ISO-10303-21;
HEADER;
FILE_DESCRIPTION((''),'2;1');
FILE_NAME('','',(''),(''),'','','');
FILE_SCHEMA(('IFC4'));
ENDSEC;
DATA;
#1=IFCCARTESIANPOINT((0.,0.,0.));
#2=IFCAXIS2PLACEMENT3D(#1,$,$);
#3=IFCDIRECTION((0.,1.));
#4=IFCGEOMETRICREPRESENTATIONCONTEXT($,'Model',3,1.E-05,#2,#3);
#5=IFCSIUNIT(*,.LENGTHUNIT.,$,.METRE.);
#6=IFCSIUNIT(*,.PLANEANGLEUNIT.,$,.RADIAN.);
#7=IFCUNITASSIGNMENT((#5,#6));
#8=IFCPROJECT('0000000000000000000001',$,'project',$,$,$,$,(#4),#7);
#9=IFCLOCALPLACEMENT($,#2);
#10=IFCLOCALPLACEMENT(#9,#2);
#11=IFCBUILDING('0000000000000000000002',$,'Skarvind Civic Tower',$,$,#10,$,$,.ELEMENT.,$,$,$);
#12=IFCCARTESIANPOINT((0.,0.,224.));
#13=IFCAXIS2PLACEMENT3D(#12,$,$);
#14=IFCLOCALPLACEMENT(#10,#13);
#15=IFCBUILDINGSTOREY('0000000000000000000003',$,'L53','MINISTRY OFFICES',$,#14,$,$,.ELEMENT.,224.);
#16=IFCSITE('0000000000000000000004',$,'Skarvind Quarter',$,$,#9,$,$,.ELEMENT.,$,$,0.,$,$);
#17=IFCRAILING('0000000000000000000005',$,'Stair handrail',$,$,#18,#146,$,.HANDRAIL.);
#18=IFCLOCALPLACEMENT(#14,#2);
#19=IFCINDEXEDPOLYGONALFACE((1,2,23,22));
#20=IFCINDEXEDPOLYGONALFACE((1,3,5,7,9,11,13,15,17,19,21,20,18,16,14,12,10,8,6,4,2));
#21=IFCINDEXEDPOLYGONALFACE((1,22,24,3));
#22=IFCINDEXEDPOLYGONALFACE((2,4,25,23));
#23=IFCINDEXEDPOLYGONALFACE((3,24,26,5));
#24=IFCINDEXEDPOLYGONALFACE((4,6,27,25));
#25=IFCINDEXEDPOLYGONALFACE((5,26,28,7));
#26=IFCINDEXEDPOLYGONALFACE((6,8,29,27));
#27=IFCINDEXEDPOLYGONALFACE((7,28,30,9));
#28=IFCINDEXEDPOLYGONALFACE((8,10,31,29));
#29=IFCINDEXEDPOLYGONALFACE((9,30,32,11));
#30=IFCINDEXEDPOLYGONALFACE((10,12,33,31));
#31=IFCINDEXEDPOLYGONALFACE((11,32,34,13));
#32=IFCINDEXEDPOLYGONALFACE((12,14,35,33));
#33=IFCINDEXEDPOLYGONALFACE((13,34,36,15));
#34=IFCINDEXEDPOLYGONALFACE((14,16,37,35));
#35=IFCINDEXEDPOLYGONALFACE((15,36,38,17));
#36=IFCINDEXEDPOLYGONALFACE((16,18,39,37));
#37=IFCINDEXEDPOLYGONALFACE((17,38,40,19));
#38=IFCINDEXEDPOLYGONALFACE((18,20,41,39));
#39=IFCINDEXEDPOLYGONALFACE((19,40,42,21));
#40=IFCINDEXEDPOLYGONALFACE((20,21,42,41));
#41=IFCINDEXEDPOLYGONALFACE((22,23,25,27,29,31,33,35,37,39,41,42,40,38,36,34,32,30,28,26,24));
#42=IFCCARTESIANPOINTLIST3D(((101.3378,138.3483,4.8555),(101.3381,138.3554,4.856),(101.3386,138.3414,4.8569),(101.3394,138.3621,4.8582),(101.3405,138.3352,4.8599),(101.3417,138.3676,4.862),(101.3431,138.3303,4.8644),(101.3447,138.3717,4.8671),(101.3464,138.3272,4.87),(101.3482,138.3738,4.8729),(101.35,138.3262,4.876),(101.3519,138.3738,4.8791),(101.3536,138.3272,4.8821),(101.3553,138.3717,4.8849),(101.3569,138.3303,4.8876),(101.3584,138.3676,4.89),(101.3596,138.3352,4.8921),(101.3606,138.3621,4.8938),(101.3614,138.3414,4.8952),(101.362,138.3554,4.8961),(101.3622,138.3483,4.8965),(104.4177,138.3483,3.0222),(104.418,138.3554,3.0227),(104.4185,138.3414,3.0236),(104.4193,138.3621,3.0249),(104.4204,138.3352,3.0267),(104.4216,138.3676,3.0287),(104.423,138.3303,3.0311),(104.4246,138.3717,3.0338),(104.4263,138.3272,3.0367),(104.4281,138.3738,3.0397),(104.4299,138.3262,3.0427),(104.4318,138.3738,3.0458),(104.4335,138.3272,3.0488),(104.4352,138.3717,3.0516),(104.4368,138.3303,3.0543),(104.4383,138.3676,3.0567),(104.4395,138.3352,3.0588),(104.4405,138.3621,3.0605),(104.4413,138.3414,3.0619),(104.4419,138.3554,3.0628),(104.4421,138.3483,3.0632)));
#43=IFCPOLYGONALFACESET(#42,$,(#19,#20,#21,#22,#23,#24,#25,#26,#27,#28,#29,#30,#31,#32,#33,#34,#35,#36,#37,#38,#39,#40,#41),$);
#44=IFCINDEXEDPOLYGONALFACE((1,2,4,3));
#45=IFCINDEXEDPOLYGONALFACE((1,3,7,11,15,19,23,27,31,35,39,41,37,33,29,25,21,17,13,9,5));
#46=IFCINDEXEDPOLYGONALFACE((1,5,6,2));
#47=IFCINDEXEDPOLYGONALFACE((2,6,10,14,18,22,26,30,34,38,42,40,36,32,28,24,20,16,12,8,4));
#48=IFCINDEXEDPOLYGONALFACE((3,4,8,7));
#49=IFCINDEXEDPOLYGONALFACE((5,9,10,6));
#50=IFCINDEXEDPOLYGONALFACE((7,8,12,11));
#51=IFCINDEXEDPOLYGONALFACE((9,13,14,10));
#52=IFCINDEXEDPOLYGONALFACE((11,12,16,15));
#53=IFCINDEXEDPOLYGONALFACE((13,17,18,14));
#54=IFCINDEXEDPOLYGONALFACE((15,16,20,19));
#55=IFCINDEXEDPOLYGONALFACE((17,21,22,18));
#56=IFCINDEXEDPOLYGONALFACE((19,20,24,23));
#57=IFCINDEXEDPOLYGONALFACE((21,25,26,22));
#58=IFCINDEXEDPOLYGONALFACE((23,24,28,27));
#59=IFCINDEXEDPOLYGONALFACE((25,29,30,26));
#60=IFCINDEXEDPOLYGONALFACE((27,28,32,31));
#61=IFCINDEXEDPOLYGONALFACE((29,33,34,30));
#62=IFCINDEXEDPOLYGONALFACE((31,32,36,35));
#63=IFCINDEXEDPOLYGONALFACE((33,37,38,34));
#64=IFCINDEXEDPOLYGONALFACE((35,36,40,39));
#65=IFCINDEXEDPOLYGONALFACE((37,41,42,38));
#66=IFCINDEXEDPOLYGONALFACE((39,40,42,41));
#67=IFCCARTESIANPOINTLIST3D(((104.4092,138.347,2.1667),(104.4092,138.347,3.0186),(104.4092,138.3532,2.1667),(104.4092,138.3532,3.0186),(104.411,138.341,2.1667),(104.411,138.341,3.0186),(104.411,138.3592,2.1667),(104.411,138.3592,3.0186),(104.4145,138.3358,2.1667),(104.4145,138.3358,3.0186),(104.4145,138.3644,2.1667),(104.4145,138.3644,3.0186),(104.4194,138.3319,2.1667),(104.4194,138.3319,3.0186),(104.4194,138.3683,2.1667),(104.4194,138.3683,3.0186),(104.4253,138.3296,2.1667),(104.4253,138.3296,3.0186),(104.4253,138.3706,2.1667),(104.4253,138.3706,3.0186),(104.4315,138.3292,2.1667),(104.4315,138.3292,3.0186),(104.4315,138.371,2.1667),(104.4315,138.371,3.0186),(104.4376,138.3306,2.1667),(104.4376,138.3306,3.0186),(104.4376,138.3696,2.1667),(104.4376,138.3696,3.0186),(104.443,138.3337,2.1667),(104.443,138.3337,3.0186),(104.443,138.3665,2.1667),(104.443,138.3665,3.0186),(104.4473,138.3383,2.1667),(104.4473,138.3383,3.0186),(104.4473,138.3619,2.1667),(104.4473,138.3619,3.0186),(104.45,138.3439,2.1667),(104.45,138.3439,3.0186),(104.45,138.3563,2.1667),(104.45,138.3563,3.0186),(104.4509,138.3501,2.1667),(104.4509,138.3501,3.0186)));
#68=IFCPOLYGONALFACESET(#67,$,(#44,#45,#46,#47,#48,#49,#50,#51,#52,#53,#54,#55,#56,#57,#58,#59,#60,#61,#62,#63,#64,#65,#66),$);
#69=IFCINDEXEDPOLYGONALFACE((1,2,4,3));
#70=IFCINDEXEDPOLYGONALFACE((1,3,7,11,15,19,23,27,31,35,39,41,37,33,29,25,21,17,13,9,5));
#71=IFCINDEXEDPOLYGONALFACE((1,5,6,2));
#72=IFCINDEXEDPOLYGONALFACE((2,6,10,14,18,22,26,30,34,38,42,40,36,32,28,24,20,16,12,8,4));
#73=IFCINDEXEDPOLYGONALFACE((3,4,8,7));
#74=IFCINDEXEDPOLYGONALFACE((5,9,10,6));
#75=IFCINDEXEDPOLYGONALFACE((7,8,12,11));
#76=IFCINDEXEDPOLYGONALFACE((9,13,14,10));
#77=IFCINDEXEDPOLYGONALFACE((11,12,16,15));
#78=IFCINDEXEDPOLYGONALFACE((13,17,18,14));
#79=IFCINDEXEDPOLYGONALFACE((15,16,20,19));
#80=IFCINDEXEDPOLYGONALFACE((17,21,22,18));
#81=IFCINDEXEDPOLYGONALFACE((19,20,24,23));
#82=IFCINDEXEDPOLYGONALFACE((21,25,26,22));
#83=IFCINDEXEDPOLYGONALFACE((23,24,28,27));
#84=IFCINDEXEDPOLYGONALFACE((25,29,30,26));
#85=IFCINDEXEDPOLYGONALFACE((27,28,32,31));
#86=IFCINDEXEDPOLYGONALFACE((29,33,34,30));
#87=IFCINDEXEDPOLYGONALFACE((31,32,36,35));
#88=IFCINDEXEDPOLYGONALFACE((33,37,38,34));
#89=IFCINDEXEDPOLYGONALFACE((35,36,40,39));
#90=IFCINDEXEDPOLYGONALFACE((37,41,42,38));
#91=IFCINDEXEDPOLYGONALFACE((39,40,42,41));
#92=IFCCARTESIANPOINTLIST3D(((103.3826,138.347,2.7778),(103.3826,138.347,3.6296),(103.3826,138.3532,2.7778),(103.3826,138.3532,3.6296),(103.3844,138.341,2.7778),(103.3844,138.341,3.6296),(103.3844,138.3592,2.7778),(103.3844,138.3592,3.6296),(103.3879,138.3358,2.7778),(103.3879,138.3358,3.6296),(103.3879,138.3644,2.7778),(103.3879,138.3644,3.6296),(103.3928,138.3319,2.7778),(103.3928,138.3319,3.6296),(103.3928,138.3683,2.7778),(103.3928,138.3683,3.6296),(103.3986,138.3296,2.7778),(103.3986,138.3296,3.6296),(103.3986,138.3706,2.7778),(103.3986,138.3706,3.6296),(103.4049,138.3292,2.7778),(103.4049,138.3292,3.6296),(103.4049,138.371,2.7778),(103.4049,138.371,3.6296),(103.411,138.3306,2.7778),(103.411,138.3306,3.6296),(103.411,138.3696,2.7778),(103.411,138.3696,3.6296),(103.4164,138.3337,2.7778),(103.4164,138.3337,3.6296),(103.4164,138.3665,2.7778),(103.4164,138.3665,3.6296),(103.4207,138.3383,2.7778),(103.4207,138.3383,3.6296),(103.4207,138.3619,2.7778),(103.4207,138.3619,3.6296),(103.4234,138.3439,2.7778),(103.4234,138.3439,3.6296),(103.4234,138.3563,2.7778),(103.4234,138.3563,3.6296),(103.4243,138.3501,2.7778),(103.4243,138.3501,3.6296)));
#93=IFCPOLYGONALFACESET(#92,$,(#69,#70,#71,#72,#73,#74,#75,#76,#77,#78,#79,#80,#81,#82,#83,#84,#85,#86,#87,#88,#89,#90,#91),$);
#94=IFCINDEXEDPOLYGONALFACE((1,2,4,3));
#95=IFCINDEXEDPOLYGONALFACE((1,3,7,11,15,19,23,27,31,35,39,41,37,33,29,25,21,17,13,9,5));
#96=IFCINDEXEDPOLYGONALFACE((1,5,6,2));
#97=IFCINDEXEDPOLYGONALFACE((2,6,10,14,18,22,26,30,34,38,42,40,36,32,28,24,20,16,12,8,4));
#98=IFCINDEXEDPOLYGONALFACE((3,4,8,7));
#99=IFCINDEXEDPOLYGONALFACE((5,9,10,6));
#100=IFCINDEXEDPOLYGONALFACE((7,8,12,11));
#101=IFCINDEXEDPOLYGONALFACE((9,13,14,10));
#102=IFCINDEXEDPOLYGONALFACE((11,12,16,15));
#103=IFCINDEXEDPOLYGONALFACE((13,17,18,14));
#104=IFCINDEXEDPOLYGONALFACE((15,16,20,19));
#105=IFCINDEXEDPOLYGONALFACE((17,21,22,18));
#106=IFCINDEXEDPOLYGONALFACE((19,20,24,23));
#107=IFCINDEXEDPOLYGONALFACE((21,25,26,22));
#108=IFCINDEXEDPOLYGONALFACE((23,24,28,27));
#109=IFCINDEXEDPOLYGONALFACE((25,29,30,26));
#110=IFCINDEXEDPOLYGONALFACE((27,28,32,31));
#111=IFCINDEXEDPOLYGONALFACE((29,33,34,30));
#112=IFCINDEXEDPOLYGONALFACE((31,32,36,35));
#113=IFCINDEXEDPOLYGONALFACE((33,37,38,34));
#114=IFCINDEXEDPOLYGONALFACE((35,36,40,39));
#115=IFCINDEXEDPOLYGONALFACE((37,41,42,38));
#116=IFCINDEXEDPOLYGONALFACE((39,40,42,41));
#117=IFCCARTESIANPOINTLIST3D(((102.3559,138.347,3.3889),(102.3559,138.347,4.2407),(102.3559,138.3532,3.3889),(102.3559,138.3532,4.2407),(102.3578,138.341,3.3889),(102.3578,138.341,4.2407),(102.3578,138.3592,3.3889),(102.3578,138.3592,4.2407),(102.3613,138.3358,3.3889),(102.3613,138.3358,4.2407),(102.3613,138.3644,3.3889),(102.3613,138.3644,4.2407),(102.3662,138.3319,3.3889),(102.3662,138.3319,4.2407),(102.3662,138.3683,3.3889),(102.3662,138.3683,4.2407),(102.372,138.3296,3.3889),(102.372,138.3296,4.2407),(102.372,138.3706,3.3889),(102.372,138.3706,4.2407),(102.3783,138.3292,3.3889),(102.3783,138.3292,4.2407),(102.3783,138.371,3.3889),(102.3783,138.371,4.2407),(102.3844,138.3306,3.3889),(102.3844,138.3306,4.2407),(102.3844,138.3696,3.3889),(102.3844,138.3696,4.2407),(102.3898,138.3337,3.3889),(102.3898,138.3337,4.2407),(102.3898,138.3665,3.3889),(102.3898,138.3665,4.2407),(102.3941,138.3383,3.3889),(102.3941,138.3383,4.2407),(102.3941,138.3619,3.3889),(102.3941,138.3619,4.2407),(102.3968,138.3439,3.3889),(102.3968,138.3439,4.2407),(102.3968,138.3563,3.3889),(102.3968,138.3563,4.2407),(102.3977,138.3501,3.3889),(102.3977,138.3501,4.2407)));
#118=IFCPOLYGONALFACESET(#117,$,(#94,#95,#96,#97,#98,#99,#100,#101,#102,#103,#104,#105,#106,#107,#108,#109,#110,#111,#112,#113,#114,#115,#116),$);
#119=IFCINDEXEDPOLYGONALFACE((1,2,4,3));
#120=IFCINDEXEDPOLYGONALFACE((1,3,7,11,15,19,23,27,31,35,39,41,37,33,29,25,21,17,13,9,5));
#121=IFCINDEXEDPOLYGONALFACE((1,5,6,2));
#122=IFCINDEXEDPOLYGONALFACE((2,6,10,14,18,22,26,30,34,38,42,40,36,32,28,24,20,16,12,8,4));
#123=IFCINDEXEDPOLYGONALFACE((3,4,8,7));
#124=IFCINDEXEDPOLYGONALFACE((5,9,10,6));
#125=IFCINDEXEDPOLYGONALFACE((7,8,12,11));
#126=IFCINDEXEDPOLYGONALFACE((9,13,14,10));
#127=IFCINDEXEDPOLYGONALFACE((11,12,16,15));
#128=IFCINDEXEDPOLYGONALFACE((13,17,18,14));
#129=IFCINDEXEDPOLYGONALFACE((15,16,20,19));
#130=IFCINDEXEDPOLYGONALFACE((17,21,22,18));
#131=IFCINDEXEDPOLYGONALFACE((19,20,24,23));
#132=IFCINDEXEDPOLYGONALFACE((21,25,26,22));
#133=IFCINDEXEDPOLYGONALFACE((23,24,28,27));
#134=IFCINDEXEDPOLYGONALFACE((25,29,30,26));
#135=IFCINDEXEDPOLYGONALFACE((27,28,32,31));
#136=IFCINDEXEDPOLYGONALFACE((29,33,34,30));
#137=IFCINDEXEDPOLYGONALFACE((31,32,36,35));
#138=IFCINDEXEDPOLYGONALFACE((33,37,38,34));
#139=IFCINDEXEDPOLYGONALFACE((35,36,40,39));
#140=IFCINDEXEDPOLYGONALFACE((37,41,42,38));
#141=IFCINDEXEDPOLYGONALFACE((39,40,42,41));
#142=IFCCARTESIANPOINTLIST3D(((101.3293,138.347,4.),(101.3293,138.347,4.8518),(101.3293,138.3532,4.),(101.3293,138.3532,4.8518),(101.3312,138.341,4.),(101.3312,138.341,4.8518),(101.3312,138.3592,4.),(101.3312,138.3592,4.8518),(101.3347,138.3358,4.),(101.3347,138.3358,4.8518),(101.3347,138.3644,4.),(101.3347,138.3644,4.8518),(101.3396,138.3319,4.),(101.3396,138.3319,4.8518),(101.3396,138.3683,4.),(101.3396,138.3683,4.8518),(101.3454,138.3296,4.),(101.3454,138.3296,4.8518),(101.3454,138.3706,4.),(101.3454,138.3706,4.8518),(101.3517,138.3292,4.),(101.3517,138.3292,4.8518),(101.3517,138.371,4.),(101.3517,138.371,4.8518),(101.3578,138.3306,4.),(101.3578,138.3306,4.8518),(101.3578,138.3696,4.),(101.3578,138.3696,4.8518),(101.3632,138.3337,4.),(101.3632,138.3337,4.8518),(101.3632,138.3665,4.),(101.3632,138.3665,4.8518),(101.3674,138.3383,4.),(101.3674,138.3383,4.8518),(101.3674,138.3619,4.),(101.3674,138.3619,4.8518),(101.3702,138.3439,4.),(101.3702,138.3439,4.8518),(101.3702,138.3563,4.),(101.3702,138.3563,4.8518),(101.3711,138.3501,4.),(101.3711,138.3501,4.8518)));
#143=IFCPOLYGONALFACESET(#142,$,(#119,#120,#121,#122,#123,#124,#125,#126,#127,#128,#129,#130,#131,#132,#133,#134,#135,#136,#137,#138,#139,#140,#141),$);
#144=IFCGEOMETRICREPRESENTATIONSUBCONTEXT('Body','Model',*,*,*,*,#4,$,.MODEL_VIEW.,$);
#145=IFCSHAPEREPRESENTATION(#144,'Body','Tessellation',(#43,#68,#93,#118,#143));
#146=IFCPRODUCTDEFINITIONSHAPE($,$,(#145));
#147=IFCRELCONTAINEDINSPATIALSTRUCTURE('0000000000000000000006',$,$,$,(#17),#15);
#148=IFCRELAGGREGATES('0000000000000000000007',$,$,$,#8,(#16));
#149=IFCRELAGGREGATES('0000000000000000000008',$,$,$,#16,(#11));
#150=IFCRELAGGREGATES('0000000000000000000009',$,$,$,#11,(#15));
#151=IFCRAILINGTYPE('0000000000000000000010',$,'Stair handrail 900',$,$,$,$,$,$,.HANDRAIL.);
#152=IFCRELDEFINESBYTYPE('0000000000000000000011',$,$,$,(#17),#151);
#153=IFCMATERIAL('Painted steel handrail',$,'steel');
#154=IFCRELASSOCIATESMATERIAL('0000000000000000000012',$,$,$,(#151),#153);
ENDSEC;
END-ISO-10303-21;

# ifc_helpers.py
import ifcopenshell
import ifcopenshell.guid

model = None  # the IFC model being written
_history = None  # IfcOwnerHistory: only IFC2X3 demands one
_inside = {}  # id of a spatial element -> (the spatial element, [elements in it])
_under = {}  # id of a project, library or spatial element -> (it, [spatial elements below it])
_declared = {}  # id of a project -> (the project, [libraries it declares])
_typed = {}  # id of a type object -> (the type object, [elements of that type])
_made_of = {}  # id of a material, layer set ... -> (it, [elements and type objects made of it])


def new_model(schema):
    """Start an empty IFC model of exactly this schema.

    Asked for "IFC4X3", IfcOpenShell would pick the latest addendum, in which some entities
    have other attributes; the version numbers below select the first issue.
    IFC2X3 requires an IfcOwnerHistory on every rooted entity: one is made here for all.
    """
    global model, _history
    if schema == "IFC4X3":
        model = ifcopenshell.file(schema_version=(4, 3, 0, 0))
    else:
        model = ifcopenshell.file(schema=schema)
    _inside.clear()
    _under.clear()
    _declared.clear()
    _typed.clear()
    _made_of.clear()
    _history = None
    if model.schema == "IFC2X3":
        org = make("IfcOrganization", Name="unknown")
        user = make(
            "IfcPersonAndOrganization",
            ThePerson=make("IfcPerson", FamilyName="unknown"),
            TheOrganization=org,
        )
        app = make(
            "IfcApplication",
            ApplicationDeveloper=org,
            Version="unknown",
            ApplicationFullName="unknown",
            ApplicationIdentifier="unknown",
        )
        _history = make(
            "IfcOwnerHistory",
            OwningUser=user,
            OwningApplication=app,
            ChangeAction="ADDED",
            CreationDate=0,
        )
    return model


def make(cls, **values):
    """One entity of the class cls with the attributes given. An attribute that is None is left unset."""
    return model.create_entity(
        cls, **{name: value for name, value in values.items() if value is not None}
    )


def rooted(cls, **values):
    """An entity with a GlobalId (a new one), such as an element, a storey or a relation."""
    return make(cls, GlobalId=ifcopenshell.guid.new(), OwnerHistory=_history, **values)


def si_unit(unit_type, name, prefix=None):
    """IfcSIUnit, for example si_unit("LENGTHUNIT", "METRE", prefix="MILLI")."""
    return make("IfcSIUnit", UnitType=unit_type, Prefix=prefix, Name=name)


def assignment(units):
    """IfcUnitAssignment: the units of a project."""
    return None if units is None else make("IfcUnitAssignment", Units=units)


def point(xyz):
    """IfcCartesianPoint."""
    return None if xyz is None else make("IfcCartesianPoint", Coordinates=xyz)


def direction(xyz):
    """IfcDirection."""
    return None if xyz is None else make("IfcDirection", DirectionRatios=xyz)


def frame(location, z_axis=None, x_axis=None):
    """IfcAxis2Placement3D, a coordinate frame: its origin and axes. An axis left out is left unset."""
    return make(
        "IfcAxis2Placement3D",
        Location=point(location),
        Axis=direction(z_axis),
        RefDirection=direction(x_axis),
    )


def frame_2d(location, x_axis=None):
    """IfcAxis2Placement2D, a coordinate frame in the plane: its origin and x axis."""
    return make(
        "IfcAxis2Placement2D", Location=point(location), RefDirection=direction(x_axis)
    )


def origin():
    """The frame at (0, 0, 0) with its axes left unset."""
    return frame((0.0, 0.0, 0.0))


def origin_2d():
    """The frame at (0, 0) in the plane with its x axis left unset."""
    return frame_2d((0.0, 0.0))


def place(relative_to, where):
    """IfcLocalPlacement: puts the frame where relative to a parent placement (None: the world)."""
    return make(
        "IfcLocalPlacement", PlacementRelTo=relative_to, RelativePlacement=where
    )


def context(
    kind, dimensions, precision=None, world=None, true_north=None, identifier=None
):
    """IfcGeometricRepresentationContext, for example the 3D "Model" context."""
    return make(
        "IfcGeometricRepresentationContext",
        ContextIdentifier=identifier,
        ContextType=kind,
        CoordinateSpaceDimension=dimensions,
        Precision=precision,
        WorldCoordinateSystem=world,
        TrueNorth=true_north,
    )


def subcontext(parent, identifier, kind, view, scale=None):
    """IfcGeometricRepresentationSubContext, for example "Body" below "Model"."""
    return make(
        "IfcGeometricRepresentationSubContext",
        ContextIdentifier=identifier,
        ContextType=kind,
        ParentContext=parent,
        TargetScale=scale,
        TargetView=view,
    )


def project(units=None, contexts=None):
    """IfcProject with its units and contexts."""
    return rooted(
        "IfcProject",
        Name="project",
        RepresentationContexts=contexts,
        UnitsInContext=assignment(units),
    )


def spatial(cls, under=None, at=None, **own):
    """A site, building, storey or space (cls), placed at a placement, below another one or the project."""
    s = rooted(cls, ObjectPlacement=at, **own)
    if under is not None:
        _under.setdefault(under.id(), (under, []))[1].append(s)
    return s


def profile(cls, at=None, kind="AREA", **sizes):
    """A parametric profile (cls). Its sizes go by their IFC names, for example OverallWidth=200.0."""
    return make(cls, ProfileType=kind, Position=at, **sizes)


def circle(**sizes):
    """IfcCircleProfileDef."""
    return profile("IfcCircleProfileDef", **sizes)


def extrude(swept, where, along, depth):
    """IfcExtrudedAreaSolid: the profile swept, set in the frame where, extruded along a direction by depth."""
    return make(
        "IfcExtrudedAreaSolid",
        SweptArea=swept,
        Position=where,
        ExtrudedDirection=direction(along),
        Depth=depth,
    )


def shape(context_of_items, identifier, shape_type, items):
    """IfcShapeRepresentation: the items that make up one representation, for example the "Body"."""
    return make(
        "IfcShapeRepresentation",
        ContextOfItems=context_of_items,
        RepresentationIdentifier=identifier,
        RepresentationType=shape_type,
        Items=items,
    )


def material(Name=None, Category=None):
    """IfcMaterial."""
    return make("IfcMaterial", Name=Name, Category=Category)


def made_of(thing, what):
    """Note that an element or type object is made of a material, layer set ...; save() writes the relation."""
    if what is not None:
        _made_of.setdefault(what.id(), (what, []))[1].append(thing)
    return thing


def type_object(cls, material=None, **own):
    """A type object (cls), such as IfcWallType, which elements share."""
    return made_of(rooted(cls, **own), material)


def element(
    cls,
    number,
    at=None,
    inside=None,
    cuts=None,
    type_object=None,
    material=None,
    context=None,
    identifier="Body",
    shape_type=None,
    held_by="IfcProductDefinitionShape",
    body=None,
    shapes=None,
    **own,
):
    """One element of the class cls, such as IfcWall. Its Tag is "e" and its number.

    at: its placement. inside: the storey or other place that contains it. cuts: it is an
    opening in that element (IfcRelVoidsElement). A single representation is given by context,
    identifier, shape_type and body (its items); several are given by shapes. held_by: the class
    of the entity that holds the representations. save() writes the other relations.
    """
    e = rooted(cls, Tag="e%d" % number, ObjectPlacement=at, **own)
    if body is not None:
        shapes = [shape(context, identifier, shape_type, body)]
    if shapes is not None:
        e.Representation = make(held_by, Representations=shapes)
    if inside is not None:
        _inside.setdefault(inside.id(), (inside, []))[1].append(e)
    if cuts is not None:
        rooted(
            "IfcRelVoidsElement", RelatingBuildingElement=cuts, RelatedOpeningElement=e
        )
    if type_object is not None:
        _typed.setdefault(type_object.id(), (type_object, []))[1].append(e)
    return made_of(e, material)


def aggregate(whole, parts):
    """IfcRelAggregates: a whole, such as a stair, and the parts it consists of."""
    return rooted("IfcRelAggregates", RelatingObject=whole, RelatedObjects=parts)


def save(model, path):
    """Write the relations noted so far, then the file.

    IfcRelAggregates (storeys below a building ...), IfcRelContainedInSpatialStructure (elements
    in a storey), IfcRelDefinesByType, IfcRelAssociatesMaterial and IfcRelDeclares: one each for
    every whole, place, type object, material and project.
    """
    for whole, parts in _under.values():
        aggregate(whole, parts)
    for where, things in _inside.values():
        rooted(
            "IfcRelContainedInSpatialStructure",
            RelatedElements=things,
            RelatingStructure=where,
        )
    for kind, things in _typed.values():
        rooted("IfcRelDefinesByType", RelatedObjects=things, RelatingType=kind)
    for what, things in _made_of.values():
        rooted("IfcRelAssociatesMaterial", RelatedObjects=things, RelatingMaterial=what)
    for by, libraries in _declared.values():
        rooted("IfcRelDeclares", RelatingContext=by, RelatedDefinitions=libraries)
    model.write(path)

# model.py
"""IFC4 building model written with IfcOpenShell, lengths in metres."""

from ifc_helpers import new_model, si_unit, direction, frame, origin, origin_2d, place, context, subcontext, project, spatial, circle, extrude, material, type_object, element, save


model = new_model("IFC4")

# Units and contexts
model_context = context("Model", 3, precision=1e-05, world=origin(), true_north=direction((0.0, 1.0)))
body_context = subcontext(model_context, "Body", "Model", "MODEL_VIEW")
ifc_project = project(units=[si_unit("LENGTHUNIT", "METRE"), si_unit("PLANEANGLEUNIT", "RADIAN")], contexts=[model_context])

# Site, building, storey
site_placement = place(None, origin())
site = spatial("IfcSite", under=ifc_project, at=site_placement, Name="Skarvind Quarter", CompositionType="ELEMENT", RefElevation=0.0)
building_placement = place(site_placement, origin())
building = spatial("IfcBuilding", under=site, at=building_placement, Name="Skarvind Civic Tower", CompositionType="ELEMENT")
storey_placement = place(building_placement, frame((0.0, 0.0, 224.0)))
storey = spatial("IfcBuildingStorey", under=building, at=storey_placement, Name="L53", Description="MINISTRY OFFICES", CompositionType="ELEMENT", Elevation=224.0)

# Railing
ifc_material_1 = material(Name="Painted steel handrail", Category="steel")
railing_type = type_object("IfcRailingType", Name="Stair handrail 900", PredefinedType="HANDRAIL", material=ifc_material_1)
railing_1_placement = place(storey_placement, frame((104.4299, 138.3501, 2.1667)))
element("IfcRailing", 1, at=railing_1_placement, inside=storey, type_object=railing_type, Name="Stair handrail", PredefinedType="HANDRAIL", context=body_context, shape_type="SweptSolid", body=[
    extrude(circle(Radius=0.0239, at=origin_2d()), frame((0.0, 0.0, 0.876), z_axis=(-0.859291, 0.0, 0.511487), x_axis=(0.0, -1.0, 0.0)), (0.0, 0.0, 1.0), 3.5842),
    extrude(circle(Radius=0.021, at=origin_2d()), origin(), (0.0, 0.0, 1.0), 0.8518),
    extrude(circle(Radius=0.021, at=origin_2d()), frame((-1.0266, 0.0, 0.6111)), (0.0, 0.0, 1.0), 0.8518),
    extrude(circle(Radius=0.021, at=origin_2d()), frame((-2.0532, 0.0, 1.2222)), (0.0, 0.0, 1.0), 0.8518),
    extrude(circle(Radius=0.021, at=origin_2d()), frame((-3.0798, 0.0, 1.8333)), (0.0, 0.0, 1.0), 0.8518),
])

save(model, "model.ifc")
